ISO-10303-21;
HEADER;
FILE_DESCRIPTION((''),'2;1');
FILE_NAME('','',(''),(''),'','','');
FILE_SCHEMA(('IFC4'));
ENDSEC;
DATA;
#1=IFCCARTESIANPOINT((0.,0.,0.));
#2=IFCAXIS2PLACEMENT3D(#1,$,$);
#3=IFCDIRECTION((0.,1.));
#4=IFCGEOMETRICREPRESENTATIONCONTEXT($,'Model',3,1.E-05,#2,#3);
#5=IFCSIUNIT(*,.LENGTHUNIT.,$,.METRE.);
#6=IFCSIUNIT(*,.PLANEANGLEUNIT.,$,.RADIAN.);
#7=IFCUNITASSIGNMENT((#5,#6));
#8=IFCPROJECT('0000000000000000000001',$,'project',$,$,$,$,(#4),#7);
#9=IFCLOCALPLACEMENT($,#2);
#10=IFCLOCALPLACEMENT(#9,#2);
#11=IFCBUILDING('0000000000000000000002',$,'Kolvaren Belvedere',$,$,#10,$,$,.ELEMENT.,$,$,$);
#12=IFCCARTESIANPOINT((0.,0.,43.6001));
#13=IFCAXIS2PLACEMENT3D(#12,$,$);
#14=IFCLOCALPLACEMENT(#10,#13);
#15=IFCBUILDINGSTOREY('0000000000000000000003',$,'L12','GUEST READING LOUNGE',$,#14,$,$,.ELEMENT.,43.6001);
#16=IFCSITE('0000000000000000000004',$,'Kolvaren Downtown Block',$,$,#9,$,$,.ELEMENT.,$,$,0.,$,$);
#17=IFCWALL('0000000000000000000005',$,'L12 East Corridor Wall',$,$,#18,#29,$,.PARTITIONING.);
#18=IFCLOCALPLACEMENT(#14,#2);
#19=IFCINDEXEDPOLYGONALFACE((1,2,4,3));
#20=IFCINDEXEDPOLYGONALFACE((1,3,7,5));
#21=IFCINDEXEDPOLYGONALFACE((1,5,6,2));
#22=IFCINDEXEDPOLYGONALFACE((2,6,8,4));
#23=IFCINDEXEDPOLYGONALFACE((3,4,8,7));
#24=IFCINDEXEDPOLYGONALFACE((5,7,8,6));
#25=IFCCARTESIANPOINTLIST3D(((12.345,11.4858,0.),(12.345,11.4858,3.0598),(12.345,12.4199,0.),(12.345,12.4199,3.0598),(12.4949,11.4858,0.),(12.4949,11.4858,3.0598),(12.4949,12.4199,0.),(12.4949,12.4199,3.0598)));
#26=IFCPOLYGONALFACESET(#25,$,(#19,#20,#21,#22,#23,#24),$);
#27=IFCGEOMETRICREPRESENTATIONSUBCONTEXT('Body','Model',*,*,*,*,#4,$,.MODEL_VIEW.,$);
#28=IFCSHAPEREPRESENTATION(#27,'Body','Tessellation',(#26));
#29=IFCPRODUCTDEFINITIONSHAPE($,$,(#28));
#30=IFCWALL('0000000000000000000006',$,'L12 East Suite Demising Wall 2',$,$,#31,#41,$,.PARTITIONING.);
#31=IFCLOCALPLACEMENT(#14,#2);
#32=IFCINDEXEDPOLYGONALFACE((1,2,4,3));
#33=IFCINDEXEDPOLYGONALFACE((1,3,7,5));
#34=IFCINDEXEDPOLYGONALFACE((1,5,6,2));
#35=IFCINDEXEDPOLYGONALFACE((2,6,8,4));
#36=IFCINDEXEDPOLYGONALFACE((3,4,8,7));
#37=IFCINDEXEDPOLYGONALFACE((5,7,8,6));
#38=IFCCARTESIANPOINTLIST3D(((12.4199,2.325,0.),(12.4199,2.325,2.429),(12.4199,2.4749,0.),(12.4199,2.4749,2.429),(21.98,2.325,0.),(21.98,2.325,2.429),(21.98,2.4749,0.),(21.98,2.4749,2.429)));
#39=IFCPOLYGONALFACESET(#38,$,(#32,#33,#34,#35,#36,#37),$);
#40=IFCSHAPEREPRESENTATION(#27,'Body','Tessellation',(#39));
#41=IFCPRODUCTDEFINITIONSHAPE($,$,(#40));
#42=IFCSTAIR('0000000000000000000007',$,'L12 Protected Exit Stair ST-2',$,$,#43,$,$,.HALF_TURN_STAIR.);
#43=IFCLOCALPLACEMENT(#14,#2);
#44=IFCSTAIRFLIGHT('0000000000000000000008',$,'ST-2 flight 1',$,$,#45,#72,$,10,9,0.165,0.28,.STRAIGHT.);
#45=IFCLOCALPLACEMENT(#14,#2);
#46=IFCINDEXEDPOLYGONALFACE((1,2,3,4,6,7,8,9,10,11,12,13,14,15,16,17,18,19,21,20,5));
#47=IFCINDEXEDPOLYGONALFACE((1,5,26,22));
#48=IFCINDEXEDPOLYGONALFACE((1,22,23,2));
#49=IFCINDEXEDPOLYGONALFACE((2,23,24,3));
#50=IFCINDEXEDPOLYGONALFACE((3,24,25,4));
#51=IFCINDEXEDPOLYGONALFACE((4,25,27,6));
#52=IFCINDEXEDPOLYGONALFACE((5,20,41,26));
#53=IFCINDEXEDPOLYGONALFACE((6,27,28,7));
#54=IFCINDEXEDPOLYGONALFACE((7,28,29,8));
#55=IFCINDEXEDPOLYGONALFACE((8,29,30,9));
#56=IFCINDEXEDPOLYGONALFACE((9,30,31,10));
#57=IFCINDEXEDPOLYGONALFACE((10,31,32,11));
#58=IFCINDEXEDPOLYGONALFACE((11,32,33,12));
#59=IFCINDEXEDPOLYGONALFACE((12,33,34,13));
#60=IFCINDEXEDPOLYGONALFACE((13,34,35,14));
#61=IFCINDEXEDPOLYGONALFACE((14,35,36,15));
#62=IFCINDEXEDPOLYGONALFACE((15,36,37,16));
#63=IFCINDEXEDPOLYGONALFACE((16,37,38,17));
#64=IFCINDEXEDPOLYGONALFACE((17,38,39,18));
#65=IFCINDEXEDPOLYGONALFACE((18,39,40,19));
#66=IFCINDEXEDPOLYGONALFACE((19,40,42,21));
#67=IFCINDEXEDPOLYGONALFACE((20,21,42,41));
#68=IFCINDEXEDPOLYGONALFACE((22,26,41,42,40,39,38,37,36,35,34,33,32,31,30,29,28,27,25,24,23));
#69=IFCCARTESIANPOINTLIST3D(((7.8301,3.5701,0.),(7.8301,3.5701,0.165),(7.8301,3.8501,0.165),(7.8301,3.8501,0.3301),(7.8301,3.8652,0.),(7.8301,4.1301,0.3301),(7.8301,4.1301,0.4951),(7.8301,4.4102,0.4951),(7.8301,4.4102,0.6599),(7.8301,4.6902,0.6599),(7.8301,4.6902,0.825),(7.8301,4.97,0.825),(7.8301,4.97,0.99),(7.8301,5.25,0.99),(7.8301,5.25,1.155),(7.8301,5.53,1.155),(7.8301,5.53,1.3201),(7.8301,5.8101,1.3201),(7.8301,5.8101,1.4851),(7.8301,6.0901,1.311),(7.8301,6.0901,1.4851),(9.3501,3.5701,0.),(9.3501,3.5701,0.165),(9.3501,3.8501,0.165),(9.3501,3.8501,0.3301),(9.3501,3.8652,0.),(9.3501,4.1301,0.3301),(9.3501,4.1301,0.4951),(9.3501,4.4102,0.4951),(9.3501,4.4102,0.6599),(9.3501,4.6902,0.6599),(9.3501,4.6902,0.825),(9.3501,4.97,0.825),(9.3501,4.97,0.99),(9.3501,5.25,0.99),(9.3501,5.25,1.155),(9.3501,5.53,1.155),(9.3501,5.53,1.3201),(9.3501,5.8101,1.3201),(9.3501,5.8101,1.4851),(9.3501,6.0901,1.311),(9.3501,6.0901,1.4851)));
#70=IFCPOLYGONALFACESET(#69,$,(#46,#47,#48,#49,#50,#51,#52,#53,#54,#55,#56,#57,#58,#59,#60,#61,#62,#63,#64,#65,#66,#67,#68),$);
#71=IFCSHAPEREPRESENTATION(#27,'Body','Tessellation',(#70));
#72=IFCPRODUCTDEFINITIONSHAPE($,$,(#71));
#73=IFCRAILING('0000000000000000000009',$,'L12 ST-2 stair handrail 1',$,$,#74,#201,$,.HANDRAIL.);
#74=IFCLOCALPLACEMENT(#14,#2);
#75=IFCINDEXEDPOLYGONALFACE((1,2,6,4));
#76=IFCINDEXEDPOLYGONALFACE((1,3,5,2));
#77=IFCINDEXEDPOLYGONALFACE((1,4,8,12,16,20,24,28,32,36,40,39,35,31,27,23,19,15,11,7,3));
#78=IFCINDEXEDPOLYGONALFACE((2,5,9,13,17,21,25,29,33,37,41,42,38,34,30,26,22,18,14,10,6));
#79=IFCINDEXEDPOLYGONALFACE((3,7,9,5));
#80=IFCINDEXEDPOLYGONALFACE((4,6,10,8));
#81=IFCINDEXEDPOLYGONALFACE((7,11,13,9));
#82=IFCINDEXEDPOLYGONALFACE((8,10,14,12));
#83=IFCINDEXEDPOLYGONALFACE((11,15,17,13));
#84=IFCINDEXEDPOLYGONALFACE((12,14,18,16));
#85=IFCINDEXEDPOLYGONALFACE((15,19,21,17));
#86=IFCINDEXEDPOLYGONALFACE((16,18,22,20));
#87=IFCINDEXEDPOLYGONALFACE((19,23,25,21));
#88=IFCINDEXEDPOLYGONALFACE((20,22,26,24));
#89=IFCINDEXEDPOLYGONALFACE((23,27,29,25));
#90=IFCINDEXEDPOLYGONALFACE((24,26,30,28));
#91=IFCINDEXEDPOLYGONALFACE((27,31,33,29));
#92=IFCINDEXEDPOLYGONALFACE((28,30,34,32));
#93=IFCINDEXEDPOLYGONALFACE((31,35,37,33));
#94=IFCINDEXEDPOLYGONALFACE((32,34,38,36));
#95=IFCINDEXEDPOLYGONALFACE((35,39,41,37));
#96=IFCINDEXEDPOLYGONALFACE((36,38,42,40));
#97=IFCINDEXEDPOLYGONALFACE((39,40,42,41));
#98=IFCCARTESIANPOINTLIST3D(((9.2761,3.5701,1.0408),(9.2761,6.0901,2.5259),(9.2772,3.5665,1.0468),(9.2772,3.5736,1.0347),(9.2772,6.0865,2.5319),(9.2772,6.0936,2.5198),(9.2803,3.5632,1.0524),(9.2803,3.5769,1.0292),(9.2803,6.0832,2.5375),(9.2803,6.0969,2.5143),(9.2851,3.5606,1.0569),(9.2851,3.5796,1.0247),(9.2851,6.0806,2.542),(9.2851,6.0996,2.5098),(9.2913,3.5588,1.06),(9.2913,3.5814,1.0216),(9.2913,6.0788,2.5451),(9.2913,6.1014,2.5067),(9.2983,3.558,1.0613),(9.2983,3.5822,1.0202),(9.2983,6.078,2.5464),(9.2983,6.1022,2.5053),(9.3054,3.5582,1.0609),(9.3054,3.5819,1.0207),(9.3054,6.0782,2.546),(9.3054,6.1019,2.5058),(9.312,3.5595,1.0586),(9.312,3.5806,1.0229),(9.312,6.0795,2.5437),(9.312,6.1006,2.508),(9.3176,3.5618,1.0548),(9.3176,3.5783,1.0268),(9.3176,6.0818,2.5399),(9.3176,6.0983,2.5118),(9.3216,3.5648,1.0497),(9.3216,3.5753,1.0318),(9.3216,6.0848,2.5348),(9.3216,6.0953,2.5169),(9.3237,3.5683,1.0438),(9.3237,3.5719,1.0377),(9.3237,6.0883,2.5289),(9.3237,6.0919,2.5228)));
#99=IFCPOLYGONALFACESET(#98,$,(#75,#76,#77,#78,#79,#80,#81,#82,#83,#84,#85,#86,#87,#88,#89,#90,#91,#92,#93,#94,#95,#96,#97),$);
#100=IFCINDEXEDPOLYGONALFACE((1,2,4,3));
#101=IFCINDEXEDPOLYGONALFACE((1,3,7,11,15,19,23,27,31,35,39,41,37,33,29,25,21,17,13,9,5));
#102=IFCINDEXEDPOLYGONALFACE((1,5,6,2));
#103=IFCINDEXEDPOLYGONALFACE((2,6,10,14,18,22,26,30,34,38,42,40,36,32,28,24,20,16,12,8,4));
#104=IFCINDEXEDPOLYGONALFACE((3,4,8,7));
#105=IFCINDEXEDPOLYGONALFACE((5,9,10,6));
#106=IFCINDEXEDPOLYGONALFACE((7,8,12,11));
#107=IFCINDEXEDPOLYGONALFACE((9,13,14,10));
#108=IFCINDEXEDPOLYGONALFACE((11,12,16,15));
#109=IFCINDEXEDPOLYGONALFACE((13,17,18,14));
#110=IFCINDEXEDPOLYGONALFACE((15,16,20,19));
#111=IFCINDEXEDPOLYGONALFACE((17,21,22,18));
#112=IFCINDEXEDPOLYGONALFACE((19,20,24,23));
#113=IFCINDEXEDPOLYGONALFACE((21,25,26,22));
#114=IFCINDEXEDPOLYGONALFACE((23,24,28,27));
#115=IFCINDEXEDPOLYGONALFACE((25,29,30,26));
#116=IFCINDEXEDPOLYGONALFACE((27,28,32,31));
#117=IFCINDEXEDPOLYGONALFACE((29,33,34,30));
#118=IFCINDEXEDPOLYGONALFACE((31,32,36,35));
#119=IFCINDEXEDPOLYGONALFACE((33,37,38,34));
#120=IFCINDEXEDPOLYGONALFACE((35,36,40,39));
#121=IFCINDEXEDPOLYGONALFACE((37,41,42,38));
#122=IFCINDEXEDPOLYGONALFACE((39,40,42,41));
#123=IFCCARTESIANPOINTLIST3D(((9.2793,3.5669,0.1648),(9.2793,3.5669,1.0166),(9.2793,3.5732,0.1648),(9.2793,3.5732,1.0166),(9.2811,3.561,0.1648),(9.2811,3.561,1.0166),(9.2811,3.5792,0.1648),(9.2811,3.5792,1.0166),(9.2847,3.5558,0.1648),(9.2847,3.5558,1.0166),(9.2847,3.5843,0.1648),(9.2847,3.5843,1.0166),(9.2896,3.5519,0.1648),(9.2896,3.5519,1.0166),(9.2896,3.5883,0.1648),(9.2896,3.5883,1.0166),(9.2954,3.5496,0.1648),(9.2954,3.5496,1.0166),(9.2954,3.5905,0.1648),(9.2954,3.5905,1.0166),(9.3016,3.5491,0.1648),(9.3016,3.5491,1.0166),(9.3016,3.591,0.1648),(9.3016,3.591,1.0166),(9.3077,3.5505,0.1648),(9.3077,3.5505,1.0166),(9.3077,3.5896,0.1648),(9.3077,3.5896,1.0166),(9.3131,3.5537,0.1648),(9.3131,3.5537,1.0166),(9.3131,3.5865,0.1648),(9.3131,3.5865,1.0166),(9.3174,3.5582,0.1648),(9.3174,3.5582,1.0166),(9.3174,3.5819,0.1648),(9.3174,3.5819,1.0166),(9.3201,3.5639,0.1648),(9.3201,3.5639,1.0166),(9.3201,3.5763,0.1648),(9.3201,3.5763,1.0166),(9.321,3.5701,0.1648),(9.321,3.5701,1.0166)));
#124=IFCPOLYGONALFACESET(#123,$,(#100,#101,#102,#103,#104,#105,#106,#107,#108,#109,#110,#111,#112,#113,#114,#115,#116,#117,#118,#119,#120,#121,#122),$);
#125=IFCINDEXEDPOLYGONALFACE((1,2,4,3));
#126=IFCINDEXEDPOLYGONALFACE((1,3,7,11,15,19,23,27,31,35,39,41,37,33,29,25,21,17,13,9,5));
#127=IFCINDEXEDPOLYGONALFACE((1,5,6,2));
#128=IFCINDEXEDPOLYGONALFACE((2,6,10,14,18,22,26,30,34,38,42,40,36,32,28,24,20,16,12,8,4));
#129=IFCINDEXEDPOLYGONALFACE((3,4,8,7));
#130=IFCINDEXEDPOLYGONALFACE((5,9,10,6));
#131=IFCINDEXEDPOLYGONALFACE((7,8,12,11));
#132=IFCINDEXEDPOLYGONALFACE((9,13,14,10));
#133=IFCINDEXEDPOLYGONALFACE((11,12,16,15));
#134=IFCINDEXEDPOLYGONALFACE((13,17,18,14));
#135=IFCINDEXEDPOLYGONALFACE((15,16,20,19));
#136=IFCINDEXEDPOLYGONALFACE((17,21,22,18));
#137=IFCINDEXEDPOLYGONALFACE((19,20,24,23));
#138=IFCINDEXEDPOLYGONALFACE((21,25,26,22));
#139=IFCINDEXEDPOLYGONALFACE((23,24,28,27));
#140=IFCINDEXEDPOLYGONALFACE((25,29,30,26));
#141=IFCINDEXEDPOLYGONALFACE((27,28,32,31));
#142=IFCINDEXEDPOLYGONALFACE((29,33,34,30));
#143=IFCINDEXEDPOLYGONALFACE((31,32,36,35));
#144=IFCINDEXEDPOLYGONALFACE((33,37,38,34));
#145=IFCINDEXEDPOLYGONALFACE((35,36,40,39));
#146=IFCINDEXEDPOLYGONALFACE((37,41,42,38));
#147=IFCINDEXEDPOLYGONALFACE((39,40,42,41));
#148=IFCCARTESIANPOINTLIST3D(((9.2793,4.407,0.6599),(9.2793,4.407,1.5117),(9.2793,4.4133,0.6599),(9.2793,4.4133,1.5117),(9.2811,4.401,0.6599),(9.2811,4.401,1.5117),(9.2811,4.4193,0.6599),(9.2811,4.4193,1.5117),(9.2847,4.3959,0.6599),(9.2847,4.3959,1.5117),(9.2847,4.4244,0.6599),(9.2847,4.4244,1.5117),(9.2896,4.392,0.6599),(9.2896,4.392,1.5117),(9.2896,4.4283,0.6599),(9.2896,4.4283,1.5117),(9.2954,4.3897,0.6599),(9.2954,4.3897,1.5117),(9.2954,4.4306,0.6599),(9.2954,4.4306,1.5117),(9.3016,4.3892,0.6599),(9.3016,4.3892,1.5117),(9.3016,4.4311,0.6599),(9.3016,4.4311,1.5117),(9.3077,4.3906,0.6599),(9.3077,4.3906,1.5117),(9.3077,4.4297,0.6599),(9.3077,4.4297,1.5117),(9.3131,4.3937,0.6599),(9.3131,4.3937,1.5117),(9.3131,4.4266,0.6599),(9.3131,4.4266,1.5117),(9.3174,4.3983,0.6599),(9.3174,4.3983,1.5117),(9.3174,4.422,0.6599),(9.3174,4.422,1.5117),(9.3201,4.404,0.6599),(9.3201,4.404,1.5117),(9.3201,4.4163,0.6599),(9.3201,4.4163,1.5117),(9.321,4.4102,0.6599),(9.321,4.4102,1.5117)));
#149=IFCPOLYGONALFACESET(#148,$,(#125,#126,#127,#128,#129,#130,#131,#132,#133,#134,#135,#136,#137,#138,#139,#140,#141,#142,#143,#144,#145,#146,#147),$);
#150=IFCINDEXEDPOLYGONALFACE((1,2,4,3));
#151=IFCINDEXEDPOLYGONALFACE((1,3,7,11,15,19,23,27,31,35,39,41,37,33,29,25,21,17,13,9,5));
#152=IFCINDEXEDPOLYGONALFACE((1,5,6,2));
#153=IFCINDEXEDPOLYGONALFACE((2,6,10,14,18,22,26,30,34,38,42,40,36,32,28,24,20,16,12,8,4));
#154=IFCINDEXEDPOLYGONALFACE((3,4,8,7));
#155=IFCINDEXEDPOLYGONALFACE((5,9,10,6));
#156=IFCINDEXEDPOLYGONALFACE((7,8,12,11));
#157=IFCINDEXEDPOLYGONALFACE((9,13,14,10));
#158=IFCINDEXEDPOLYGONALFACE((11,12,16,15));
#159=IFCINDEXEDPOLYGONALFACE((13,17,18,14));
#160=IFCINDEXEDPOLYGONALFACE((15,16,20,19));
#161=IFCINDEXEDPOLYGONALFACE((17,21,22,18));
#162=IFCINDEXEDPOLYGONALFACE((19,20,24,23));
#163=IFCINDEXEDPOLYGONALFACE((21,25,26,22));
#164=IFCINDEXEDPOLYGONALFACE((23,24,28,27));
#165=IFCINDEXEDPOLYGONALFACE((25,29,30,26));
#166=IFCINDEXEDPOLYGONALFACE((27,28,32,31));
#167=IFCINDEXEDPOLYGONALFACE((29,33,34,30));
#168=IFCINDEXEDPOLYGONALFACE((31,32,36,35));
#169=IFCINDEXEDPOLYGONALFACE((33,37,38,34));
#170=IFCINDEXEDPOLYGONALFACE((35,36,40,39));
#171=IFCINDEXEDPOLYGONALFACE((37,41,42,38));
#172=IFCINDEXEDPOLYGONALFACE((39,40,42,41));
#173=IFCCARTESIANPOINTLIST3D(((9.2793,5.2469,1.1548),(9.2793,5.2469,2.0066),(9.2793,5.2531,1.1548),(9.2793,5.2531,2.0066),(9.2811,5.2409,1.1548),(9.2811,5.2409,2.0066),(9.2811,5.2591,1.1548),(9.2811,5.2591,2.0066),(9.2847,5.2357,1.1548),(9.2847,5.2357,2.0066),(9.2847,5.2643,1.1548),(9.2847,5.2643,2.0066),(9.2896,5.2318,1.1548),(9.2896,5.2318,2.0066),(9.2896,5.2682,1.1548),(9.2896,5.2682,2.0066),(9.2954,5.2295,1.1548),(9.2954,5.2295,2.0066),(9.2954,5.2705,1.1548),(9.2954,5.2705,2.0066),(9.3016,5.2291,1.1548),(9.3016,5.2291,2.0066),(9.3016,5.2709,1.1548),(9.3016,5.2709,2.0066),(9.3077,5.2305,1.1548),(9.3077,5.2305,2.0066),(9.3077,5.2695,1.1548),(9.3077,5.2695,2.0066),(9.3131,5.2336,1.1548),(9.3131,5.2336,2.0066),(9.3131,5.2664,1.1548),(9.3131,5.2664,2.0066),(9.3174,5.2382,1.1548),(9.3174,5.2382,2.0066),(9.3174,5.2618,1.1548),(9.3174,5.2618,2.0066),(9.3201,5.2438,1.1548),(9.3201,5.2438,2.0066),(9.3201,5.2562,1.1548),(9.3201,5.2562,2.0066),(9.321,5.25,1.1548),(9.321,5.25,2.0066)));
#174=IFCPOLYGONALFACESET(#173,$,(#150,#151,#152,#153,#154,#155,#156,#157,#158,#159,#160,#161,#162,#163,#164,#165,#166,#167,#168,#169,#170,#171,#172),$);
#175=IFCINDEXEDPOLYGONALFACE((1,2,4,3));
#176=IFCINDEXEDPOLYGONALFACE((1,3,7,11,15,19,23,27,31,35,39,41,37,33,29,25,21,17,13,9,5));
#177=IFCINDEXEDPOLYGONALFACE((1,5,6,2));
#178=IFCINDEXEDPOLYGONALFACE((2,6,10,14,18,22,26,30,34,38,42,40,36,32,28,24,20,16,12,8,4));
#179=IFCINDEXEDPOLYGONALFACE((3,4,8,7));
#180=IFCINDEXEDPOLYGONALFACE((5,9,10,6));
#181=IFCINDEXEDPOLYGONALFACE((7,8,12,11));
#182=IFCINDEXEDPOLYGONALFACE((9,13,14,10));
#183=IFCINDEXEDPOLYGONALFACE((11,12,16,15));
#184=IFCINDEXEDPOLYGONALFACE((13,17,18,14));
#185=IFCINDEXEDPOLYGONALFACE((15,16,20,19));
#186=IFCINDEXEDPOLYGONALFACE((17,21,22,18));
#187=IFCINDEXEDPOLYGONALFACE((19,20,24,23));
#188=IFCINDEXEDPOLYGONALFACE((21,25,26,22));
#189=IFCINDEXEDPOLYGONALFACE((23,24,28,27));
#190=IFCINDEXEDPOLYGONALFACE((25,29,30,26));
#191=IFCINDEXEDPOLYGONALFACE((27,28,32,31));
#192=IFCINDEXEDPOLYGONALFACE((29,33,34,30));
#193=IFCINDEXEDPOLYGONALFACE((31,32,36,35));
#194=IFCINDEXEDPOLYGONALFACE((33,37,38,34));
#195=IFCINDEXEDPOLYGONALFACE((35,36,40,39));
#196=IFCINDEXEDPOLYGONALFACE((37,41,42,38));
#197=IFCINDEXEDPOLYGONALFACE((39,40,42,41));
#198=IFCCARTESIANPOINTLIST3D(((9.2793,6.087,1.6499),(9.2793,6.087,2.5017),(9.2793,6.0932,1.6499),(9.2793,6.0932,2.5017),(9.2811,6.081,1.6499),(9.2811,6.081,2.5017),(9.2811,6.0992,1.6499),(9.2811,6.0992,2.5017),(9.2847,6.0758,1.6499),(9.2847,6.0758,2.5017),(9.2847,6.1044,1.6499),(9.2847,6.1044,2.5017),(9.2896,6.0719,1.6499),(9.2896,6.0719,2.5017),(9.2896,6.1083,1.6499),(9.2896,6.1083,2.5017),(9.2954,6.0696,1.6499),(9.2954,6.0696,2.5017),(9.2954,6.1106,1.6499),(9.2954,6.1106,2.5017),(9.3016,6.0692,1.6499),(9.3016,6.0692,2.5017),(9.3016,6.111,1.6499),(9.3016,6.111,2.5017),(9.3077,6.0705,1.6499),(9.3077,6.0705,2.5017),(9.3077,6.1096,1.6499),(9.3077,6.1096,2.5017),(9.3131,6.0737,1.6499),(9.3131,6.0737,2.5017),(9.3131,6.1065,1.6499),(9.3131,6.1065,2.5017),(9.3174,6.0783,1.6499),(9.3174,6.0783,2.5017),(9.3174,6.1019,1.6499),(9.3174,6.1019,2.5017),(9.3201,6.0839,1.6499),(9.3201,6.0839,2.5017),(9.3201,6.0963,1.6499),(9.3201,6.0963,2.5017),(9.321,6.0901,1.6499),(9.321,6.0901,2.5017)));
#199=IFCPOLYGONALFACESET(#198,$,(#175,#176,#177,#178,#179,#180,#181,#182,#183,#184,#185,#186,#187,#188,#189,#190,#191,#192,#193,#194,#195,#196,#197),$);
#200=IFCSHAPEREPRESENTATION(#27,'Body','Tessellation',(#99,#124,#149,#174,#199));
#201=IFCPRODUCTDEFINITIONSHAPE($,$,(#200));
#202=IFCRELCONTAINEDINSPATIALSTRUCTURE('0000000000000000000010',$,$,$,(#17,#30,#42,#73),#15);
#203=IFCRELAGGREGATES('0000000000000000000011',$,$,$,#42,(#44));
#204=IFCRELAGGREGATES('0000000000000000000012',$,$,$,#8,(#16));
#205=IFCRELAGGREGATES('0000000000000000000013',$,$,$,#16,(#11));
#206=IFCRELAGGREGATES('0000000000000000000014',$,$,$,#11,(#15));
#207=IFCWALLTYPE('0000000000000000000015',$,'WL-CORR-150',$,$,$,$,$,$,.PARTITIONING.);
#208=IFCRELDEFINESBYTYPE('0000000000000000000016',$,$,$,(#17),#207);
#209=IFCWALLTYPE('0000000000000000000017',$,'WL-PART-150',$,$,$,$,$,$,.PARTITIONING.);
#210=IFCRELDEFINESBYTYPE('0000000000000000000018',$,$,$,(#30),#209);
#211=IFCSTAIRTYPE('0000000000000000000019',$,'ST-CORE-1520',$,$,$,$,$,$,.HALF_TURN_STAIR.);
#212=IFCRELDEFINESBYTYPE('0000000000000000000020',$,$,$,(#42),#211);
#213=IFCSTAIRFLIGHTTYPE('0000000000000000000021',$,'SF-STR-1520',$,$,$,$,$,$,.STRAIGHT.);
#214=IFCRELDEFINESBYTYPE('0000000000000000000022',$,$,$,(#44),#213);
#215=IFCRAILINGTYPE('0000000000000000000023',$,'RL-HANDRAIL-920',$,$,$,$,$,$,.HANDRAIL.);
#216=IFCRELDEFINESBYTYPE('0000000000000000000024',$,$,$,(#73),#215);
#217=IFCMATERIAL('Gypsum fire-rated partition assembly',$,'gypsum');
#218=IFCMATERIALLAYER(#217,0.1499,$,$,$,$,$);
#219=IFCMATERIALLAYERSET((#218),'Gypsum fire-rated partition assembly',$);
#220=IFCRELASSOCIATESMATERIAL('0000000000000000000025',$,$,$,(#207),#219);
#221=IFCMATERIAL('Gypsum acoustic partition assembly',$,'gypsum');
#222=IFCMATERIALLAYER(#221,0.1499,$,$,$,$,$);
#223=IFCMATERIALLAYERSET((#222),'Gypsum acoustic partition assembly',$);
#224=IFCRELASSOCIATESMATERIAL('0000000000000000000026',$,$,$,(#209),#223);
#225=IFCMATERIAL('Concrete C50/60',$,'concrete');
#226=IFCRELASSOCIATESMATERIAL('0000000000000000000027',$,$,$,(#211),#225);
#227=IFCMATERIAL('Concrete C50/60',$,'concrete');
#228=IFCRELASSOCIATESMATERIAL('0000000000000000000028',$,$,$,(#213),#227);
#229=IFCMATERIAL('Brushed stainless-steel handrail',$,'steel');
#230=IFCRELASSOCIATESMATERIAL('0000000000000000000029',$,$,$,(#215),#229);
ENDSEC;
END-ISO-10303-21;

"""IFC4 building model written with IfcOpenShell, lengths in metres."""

from ifc_helpers import new_model, si_unit, direction, frame, frame_2d, origin, origin_2d, place, context, subcontext, project, spatial, polyline, rectangle, circle, outline, extrude, material, layer, layer_set, type_object, element, aggregate, save


model = new_model("IFC4")

# Units and contexts
model_context = context("Model", 3, precision=1e-05, world=origin(), true_north=direction((0.0, 1.0)))
body_context = subcontext(model_context, "Body", "Model", "MODEL_VIEW")
ifc_project = project(units=[si_unit("LENGTHUNIT", "METRE"), si_unit("PLANEANGLEUNIT", "RADIAN")], contexts=[model_context])

# Site, building, storey
site_placement = place(None, origin())
site = spatial("IfcSite", under=ifc_project, at=site_placement, Name="Kolvaren Downtown Block", CompositionType="ELEMENT", RefElevation=0.0)
building_placement = place(site_placement, origin())
building = spatial("IfcBuilding", under=site, at=building_placement, Name="Kolvaren Belvedere", CompositionType="ELEMENT")
storey_placement = place(building_placement, frame((0.0, 0.0, 43.6001)))
storey = spatial("IfcBuildingStorey", under=building, at=storey_placement, Name="L12", Description="GUEST READING LOUNGE", CompositionType="ELEMENT", Elevation=43.6001)

# Shared definitions
ifc_material_1 = material(Name="Gypsum fire-rated partition assembly", Category="gypsum")
ifc_layer_1 = layer(ifc_material_1, 0.1499)
ifc_layer_set_1 = layer_set([ifc_layer_1], Name="Gypsum fire-rated partition assembly")
wall_type_1 = type_object("IfcWallType", Name="WL-CORR-150", PredefinedType="PARTITIONING", material=ifc_layer_set_1)

# Walls
wall_1_placement = place(storey_placement, frame((12.4199, 11.4858, 0.0), z_axis=(0.0, 0.0, 1.0), x_axis=(0.0, 1.0, 0.0)))
element("IfcWall", 1, at=wall_1_placement, inside=storey, type_object=wall_type_1, Name="L12 East Corridor Wall", PredefinedType="PARTITIONING", context=body_context, shape_type="SweptSolid", body=[
    extrude(rectangle(XDim=0.9341, YDim=0.1499, at=frame_2d((0.467, 0.0))), origin(), (0.0, 0.0, 1.0), 3.0598),
])
ifc_material_2 = material(Name="Gypsum acoustic partition assembly", Category="gypsum")
ifc_layer_2 = layer(ifc_material_2, 0.1499)
ifc_layer_set_2 = layer_set([ifc_layer_2], Name="Gypsum acoustic partition assembly")
wall_type_2 = type_object("IfcWallType", Name="WL-PART-150", PredefinedType="PARTITIONING", material=ifc_layer_set_2)
wall_2_placement = place(storey_placement, frame((12.4199, 2.3999, 0.0), z_axis=(0.0, 0.0, 1.0), x_axis=(1.0, 0.0, 0.0)))
element("IfcWall", 2, at=wall_2_placement, inside=storey, type_object=wall_type_2, Name="L12 East Suite Demising Wall 2", PredefinedType="PARTITIONING", context=body_context, shape_type="SweptSolid", body=[
    extrude(rectangle(XDim=9.5601, YDim=0.1499, at=frame_2d((4.78, 0.0))), origin(), (0.0, 0.0, 1.0), 2.429),
])

# Stair, stair flight
ifc_material_3 = material(Name="Concrete C50/60", Category="concrete")
stair_type = type_object("IfcStairType", Name="ST-CORE-1520", PredefinedType="HALF_TURN_STAIR", material=ifc_material_3)
stair_placement = place(storey_placement, origin())
stair = element("IfcStair", 3, at=stair_placement, inside=storey, type_object=stair_type, Name="L12 Protected Exit Stair ST-2", PredefinedType="HALF_TURN_STAIR")
ifc_material_4 = material(Name="Concrete C50/60", Category="concrete")
stair_flight_type = type_object("IfcStairFlightType", Name="SF-STR-1520", PredefinedType="STRAIGHT", material=ifc_material_4)
stair_flight_placement = place(storey_placement, frame((8.5901, 3.5701, 0.0), z_axis=(0.0, 0.0, 1.0), x_axis=(0.0, 1.0, 0.0)))
stair_flight = element("IfcStairFlight", 4, at=stair_flight_placement, type_object=stair_flight_type, Name="ST-2 flight 1", NumberOfRisers=10, NumberOfTreads=9, PredefinedType="STRAIGHT", RiserHeight=0.165, TreadLength=0.28, context=body_context, shape_type="SweptSolid", body=[
    extrude(outline(polyline([(0.0, 0.0), (0.0, 0.165), (0.28, 0.165), (0.28, 0.3301), (0.5601, 0.3301), (0.5601, 0.4951), (0.8401, 0.4951), (0.8401, 0.6599), (1.1201, 0.6599), (1.1201, 0.825), (1.3999, 0.825), (1.3999, 0.99), (1.6799, 0.99), (1.6799, 1.155), (1.96, 1.155), (1.96, 1.3201), (2.24, 1.3201), (2.24, 1.4851), (2.52, 1.4851), (2.52, 1.6499), (2.52, 1.311), (0.2952, 0.0), (0.0, 0.0)])), frame((0.0, 0.76, 0.0), z_axis=(0.0, -1.0, 0.0), x_axis=(1.0, 0.0, 0.0)), (0.0, 0.0, 1.0), 1.52),
])
aggregate(stair, [stair_flight])

# Railing
ifc_material_5 = material(Name="Brushed stainless-steel handrail", Category="steel")
railing_type = type_object("IfcRailingType", Name="RL-HANDRAIL-920", PredefinedType="HANDRAIL", material=ifc_material_5)
railing_placement = place(storey_placement, frame((9.3, 3.5701, 0.1648)))
element("IfcRailing", 5, at=railing_placement, inside=storey, type_object=railing_type, Name="L12 ST-2 stair handrail 1", PredefinedType="HANDRAIL", context=body_context, shape_type="SweptSolid", body=[
    extrude(circle(Radius=0.0239, at=origin_2d()), frame((0.0, 0.0, 0.876), z_axis=(0.0, 0.861524, 0.507717), x_axis=(-1.0, 0.0, 0.0)), (0.0, 0.0, 1.0), 2.925),
    extrude(circle(Radius=0.021, at=origin_2d()), origin(), (0.0, 0.0, 1.0), 0.8518),
    extrude(circle(Radius=0.021, at=origin_2d()), frame((0.0, 0.8401, 0.4951)), (0.0, 0.0, 1.0), 0.8518),
    extrude(circle(Radius=0.021, at=origin_2d()), frame((0.0, 1.6799, 0.99)), (0.0, 0.0, 1.0), 0.8518),
    extrude(circle(Radius=0.021, at=origin_2d()), frame((0.0, 2.52, 1.4851)), (0.0, 0.0, 1.0), 0.8518),
])

save(model, "model.ifc")
